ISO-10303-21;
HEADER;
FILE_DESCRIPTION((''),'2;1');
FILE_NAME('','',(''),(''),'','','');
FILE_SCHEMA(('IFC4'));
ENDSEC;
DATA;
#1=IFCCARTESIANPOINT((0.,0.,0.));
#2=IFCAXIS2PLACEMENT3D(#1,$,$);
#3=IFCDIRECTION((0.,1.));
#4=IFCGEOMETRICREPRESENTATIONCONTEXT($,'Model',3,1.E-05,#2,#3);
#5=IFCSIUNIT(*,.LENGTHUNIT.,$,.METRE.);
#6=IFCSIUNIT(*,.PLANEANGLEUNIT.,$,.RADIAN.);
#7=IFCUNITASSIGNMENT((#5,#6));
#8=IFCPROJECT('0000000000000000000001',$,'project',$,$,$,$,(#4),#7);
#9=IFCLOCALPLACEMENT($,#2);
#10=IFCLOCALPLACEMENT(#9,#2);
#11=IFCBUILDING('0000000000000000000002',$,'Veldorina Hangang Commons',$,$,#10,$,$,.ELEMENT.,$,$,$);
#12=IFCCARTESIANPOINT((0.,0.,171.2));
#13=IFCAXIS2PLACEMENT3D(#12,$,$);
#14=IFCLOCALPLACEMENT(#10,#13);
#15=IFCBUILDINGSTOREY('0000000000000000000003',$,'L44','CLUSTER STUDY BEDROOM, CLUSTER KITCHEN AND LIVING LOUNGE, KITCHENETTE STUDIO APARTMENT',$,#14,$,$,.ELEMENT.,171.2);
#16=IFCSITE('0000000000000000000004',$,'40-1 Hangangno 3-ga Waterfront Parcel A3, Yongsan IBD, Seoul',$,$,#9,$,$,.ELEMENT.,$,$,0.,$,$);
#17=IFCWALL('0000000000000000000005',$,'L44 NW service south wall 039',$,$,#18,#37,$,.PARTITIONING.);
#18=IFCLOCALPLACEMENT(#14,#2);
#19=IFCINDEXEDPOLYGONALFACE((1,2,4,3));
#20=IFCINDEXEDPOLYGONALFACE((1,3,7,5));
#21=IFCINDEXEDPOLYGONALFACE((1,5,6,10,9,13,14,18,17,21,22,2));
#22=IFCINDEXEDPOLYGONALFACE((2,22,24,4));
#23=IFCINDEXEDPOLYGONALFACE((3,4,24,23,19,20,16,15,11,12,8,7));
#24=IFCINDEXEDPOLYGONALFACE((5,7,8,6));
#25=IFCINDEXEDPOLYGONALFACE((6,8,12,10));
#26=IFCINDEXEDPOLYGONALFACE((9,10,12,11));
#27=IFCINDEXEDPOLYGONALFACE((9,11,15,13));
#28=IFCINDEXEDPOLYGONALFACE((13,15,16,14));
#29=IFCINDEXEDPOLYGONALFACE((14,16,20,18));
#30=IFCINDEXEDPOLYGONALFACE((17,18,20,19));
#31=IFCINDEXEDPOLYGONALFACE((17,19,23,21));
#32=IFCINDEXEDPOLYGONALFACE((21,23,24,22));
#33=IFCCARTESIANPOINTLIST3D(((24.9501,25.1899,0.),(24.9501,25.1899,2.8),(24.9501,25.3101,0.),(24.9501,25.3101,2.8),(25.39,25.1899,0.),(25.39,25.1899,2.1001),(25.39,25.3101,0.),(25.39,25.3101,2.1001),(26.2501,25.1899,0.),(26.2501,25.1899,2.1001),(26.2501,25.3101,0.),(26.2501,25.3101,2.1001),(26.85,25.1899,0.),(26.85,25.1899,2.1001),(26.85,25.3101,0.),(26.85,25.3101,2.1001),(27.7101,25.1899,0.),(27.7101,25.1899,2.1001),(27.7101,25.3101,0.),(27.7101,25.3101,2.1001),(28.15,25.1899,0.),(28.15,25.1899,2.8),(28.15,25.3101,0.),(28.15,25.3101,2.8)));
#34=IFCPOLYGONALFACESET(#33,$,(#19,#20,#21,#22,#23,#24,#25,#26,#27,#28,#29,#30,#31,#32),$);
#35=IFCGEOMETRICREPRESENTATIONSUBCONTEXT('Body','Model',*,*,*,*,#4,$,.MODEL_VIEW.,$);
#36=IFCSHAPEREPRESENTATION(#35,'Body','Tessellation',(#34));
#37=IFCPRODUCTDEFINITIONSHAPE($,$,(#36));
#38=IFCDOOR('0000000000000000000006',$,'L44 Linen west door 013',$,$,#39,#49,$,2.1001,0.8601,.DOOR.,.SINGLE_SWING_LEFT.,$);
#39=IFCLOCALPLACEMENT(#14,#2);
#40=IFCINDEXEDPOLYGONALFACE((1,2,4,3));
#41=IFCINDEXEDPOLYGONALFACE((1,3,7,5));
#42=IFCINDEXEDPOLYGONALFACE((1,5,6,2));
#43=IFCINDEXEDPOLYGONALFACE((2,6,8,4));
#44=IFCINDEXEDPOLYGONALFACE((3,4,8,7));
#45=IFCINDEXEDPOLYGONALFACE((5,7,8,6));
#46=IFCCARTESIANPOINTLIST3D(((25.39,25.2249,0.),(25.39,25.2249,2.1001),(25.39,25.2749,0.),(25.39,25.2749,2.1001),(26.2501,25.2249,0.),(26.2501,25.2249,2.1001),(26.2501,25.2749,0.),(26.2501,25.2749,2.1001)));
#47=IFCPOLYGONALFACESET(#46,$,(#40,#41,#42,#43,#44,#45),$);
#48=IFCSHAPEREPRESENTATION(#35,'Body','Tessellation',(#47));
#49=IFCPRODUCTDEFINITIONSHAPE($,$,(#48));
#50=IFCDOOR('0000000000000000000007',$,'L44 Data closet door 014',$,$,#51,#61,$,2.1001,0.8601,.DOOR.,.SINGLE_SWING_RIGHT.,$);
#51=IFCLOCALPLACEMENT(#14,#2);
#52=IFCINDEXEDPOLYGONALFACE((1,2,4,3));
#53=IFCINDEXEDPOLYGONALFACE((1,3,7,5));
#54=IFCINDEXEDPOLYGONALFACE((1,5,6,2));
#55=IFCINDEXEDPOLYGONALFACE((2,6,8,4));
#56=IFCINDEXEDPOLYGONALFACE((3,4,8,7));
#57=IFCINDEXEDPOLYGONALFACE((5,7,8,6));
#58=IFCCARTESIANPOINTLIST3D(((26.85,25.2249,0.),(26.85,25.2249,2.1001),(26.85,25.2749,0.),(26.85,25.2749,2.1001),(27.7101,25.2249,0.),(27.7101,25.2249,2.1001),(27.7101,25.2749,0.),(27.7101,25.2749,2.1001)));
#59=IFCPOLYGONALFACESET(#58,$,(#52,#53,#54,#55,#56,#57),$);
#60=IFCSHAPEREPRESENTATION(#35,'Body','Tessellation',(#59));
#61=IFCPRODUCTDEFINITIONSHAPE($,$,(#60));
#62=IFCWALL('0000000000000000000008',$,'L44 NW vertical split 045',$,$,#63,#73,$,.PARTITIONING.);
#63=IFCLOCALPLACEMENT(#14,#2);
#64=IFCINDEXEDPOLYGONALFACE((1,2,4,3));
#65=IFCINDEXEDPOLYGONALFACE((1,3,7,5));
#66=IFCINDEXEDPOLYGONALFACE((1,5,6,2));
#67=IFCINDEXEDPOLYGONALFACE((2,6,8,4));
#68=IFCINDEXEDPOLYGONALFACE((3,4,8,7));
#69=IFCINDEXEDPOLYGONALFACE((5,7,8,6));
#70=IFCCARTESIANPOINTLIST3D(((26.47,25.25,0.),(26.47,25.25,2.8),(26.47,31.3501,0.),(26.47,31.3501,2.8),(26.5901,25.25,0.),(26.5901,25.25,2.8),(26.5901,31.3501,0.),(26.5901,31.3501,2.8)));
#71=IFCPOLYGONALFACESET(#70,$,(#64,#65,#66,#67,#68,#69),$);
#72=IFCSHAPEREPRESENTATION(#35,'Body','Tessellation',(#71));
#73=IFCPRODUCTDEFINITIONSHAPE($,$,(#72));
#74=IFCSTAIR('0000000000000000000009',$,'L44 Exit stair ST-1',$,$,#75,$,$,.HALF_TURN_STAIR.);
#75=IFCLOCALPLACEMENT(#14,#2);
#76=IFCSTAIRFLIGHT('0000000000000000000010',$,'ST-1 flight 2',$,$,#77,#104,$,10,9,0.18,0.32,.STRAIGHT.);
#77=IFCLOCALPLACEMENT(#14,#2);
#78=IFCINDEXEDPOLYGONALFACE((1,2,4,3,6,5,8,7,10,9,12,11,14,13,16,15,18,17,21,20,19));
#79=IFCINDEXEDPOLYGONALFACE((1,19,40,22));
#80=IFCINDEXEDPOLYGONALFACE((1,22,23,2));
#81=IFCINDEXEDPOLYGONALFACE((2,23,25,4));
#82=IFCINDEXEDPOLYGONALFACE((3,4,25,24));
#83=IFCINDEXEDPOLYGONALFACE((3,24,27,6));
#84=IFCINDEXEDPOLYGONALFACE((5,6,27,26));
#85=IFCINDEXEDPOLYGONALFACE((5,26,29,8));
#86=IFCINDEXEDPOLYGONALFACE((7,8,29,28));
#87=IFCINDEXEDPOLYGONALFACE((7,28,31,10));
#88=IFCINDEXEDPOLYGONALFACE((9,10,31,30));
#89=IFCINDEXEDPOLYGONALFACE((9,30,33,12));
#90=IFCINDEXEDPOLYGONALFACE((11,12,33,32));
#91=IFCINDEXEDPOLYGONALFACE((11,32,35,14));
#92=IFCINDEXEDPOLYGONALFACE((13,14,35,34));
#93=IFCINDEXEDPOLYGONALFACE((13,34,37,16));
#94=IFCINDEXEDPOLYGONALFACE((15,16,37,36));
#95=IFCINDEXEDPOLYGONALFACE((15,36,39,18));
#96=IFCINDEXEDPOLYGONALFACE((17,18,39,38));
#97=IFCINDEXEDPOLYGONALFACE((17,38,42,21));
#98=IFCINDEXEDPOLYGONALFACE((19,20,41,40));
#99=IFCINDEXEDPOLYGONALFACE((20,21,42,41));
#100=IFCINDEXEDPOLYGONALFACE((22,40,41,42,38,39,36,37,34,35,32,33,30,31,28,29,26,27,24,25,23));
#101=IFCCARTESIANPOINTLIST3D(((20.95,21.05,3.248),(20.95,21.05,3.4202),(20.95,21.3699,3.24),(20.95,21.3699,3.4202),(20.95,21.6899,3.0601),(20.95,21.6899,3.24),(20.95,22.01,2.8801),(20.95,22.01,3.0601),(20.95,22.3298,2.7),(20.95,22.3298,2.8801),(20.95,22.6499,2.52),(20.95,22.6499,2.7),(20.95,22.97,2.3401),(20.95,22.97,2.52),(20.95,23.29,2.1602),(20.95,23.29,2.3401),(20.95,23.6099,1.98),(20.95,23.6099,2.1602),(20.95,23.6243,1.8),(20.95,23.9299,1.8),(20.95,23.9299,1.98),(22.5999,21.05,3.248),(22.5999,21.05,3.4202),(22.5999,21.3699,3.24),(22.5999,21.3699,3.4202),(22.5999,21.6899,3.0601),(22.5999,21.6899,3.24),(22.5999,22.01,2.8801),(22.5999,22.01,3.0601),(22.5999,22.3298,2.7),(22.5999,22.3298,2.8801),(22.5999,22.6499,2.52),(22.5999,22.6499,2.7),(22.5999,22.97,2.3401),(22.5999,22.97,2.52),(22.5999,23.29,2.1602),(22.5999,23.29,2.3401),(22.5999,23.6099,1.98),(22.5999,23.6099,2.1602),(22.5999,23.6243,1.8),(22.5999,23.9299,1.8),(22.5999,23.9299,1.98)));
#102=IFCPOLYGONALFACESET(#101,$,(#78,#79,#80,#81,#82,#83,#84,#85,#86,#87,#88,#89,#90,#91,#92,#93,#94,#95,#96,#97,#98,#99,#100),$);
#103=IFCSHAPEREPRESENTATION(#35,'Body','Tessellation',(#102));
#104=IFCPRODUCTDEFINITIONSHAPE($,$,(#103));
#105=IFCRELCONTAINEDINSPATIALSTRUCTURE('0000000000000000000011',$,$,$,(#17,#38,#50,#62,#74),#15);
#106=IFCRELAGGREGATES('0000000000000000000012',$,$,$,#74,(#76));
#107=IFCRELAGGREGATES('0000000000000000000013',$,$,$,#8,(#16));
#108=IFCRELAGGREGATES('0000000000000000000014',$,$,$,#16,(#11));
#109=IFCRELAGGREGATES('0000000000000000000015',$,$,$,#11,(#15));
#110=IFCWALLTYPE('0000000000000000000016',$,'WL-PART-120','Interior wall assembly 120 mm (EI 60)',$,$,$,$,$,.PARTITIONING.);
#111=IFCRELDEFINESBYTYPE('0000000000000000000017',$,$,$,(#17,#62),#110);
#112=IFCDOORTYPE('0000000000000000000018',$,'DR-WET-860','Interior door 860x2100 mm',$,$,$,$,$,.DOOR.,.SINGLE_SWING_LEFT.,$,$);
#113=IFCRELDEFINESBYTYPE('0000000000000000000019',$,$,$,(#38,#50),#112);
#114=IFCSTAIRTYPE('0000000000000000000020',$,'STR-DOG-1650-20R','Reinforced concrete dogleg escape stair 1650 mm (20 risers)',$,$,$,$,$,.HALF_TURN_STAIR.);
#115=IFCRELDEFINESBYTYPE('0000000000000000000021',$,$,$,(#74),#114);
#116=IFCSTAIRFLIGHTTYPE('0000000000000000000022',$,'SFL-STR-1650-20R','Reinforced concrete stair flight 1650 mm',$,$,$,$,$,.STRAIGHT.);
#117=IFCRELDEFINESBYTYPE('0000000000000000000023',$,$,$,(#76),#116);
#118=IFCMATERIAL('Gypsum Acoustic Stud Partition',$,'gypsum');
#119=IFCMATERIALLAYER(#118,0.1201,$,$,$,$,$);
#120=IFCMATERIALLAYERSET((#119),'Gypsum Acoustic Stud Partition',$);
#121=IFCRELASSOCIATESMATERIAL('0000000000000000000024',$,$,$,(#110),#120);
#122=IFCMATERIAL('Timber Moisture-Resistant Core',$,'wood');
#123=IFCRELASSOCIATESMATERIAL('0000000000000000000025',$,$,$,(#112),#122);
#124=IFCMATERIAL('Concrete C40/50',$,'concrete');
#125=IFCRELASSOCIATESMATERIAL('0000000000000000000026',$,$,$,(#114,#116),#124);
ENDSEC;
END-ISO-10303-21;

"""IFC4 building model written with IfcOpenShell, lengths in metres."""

from ifc_helpers import new_model, si_unit, direction, frame, frame_2d, origin, place, context, subcontext, project, spatial, polyline, rectangle, outline, extrude, material, layer, layer_set, type_object, element, fill, aggregate, save


model = new_model("IFC4")

# Units and contexts
model_context = context("Model", 3, precision=1e-05, world=origin(), true_north=direction((0.0, 1.0)))
body_context = subcontext(model_context, "Body", "Model", "MODEL_VIEW")
ifc_project = project(units=[si_unit("LENGTHUNIT", "METRE"), si_unit("PLANEANGLEUNIT", "RADIAN")], contexts=[model_context])

# Site, building, storey
site_placement = place(None, origin())
site = spatial("IfcSite", under=ifc_project, at=site_placement, Name="40-1 Hangangno 3-ga Waterfront Parcel A3, Yongsan IBD, Seoul", CompositionType="ELEMENT", RefElevation=0.0)
building_placement = place(site_placement, origin())
building = spatial("IfcBuilding", under=site, at=building_placement, Name="Veldorina Hangang Commons", CompositionType="ELEMENT")
storey_placement = place(building_placement, frame((0.0, 0.0, 171.2)))
storey = spatial("IfcBuildingStorey", under=building, at=storey_placement, Name="L44", Description="CLUSTER STUDY BEDROOM, CLUSTER KITCHEN AND LIVING LOUNGE, KITCHENETTE STUDIO APARTMENT", CompositionType="ELEMENT", Elevation=171.2)

# Shared definitions
ifc_material_1 = material(Name="Gypsum Acoustic Stud Partition", Category="gypsum")
ifc_layer_1 = layer(ifc_material_1, 0.1201)
ifc_layer_set_1 = layer_set([ifc_layer_1], Name="Gypsum Acoustic Stud Partition")
wall_type_1 = type_object("IfcWallType", Name="WL-PART-120", Description="Interior wall assembly 120 mm (EI 60)", PredefinedType="PARTITIONING", material=ifc_layer_set_1)

# Wall, openings, doors
wall_1_placement = place(storey_placement, frame((24.95, 25.25, 0.0), z_axis=(0.0, 0.0, 1.0), x_axis=(1.0, 0.0, 0.0)))
wall_1 = element("IfcWall", 1, at=wall_1_placement, inside=storey, type_object=wall_type_1, Name="L44 NW service south wall 039", PredefinedType="PARTITIONING", context=body_context, shape_type="SweptSolid", body=[
    extrude(rectangle(XDim=3.2, YDim=0.1201, at=frame_2d((1.6001, 0.0))), origin(), (0.0, 0.0, 1.0), 2.8),
])
opening_1_placement = place(wall_1_placement, frame((0.4399, 0.0, 0.0)))
opening_1 = element("IfcOpeningElement", 2, at=opening_1_placement, cuts=wall_1, PredefinedType="OPENING", context=body_context, shape_type="SweptSolid", body=[
    extrude(rectangle(XDim=0.8601, YDim=2.1001, at=frame_2d((0.4302, 1.05))), frame((0.0, 0.0701, 0.0), z_axis=(0.0, -1.0, 0.0), x_axis=(1.0, 0.0, 0.0)), (0.0, 0.0, 1.0), 0.1401),
])
opening_2_placement = place(wall_1_placement, frame((1.8999, 0.0, 0.0)))
opening_2 = element("IfcOpeningElement", 3, at=opening_2_placement, cuts=wall_1, PredefinedType="OPENING", context=body_context, shape_type="SweptSolid", body=[
    extrude(rectangle(XDim=0.8601, YDim=2.1001, at=frame_2d((0.4302, 1.05))), frame((0.0, 0.0701, 0.0), z_axis=(0.0, -1.0, 0.0), x_axis=(1.0, 0.0, 0.0)), (0.0, 0.0, 1.0), 0.1401),
])
ifc_material_2 = material(Name="Timber Moisture-Resistant Core", Category="wood")
door_type_1 = type_object("IfcDoorType", Name="DR-WET-860", Description="Interior door 860x2100 mm", OperationType="SINGLE_SWING_LEFT", PredefinedType="DOOR", material=ifc_material_2)
door_1_placement = place(opening_1_placement, origin())
door_1 = element("IfcDoor", 4, at=door_1_placement, inside=storey, type_object=door_type_1, Name="L44 Linen west door 013", OperationType="SINGLE_SWING_LEFT", OverallHeight=2.1001, OverallWidth=0.8601, PredefinedType="DOOR", context=body_context, shape_type="SweptSolid", body=[
    extrude(rectangle(XDim=0.8601, YDim=2.1001, at=frame_2d((0.4302, 1.05))), frame((0.0, 0.0249, 0.0), z_axis=(0.0, -1.0, 0.0), x_axis=(1.0, 0.0, 0.0)), (0.0, 0.0, 1.0), 0.05),
])
fill(opening_1, door_1)
door_2_placement = place(opening_2_placement, origin())
door_2 = element("IfcDoor", 5, at=door_2_placement, inside=storey, type_object=door_type_1, Name="L44 Data closet door 014", OperationType="SINGLE_SWING_RIGHT", OverallHeight=2.1001, OverallWidth=0.8601, PredefinedType="DOOR", context=body_context, shape_type="SweptSolid", body=[
    extrude(rectangle(XDim=0.8601, YDim=2.1001, at=frame_2d((0.4302, 1.05))), frame((0.0, 0.0249, 0.0), z_axis=(0.0, -1.0, 0.0), x_axis=(1.0, 0.0, 0.0)), (0.0, 0.0, 1.0), 0.05),
])
fill(opening_2, door_2)

# Wall
wall_2_placement = place(storey_placement, frame((26.53, 25.25, 0.0), z_axis=(0.0, 0.0, 1.0), x_axis=(0.0, 1.0, 0.0)))
element("IfcWall", 6, at=wall_2_placement, inside=storey, type_object=wall_type_1, Name="L44 NW vertical split 045", PredefinedType="PARTITIONING", context=body_context, shape_type="SweptSolid", body=[
    extrude(rectangle(XDim=6.1001, YDim=0.1201, at=frame_2d((3.05, 0.0))), origin(), (0.0, 0.0, 1.0), 2.8),
])

# Stair, stair flight
ifc_material_3 = material(Name="Concrete C40/50", Category="concrete")
stair_type = type_object("IfcStairType", Name="STR-DOG-1650-20R", Description="Reinforced concrete dogleg escape stair 1650 mm (20 risers)", PredefinedType="HALF_TURN_STAIR", material=ifc_material_3)
stair_placement = place(storey_placement, origin())
stair = element("IfcStair", 7, at=stair_placement, inside=storey, type_object=stair_type, Name="L44 Exit stair ST-1", PredefinedType="HALF_TURN_STAIR")
stair_flight_type = type_object("IfcStairFlightType", Name="SFL-STR-1650-20R", Description="Reinforced concrete stair flight 1650 mm", PredefinedType="STRAIGHT", material=ifc_material_3)
stair_flight_placement = place(storey_placement, frame((21.7749, 23.9299, 1.8), z_axis=(0.0, 0.0, 1.0), x_axis=(0.0, -1.0, 0.0)))
stair_flight = element("IfcStairFlight", 8, at=stair_flight_placement, type_object=stair_flight_type, Name="ST-1 flight 2", NumberOfRisers=10, NumberOfTreads=9, PredefinedType="STRAIGHT", RiserHeight=0.18, TreadLength=0.32, context=body_context, shape_type="SweptSolid", body=[
    extrude(outline(polyline([(0.0, 0.0), (0.0, 0.1799), (0.3201, 0.1799), (0.3201, 0.3601), (0.6399, 0.3601), (0.6399, 0.54), (0.96, 0.54), (0.96, 0.72), (1.28, 0.72), (1.28, 0.8999), (1.6001, 0.8999), (1.6001, 1.0801), (1.9199, 1.0801), (1.9199, 1.26), (2.24, 1.26), (2.24, 1.4399), (2.5601, 1.4399), (2.5601, 1.6201), (2.8799, 1.6201), (2.8799, 1.8), (2.8799, 1.448), (0.3057, 0.0), (0.0, 0.0)])), frame((0.0, 0.825, 0.0), z_axis=(0.0, -1.0, 0.0), x_axis=(1.0, 0.0, 0.0)), (0.0, 0.0, 1.0), 1.6499),
])
aggregate(stair, [stair_flight])

save(model, "model.ifc")
